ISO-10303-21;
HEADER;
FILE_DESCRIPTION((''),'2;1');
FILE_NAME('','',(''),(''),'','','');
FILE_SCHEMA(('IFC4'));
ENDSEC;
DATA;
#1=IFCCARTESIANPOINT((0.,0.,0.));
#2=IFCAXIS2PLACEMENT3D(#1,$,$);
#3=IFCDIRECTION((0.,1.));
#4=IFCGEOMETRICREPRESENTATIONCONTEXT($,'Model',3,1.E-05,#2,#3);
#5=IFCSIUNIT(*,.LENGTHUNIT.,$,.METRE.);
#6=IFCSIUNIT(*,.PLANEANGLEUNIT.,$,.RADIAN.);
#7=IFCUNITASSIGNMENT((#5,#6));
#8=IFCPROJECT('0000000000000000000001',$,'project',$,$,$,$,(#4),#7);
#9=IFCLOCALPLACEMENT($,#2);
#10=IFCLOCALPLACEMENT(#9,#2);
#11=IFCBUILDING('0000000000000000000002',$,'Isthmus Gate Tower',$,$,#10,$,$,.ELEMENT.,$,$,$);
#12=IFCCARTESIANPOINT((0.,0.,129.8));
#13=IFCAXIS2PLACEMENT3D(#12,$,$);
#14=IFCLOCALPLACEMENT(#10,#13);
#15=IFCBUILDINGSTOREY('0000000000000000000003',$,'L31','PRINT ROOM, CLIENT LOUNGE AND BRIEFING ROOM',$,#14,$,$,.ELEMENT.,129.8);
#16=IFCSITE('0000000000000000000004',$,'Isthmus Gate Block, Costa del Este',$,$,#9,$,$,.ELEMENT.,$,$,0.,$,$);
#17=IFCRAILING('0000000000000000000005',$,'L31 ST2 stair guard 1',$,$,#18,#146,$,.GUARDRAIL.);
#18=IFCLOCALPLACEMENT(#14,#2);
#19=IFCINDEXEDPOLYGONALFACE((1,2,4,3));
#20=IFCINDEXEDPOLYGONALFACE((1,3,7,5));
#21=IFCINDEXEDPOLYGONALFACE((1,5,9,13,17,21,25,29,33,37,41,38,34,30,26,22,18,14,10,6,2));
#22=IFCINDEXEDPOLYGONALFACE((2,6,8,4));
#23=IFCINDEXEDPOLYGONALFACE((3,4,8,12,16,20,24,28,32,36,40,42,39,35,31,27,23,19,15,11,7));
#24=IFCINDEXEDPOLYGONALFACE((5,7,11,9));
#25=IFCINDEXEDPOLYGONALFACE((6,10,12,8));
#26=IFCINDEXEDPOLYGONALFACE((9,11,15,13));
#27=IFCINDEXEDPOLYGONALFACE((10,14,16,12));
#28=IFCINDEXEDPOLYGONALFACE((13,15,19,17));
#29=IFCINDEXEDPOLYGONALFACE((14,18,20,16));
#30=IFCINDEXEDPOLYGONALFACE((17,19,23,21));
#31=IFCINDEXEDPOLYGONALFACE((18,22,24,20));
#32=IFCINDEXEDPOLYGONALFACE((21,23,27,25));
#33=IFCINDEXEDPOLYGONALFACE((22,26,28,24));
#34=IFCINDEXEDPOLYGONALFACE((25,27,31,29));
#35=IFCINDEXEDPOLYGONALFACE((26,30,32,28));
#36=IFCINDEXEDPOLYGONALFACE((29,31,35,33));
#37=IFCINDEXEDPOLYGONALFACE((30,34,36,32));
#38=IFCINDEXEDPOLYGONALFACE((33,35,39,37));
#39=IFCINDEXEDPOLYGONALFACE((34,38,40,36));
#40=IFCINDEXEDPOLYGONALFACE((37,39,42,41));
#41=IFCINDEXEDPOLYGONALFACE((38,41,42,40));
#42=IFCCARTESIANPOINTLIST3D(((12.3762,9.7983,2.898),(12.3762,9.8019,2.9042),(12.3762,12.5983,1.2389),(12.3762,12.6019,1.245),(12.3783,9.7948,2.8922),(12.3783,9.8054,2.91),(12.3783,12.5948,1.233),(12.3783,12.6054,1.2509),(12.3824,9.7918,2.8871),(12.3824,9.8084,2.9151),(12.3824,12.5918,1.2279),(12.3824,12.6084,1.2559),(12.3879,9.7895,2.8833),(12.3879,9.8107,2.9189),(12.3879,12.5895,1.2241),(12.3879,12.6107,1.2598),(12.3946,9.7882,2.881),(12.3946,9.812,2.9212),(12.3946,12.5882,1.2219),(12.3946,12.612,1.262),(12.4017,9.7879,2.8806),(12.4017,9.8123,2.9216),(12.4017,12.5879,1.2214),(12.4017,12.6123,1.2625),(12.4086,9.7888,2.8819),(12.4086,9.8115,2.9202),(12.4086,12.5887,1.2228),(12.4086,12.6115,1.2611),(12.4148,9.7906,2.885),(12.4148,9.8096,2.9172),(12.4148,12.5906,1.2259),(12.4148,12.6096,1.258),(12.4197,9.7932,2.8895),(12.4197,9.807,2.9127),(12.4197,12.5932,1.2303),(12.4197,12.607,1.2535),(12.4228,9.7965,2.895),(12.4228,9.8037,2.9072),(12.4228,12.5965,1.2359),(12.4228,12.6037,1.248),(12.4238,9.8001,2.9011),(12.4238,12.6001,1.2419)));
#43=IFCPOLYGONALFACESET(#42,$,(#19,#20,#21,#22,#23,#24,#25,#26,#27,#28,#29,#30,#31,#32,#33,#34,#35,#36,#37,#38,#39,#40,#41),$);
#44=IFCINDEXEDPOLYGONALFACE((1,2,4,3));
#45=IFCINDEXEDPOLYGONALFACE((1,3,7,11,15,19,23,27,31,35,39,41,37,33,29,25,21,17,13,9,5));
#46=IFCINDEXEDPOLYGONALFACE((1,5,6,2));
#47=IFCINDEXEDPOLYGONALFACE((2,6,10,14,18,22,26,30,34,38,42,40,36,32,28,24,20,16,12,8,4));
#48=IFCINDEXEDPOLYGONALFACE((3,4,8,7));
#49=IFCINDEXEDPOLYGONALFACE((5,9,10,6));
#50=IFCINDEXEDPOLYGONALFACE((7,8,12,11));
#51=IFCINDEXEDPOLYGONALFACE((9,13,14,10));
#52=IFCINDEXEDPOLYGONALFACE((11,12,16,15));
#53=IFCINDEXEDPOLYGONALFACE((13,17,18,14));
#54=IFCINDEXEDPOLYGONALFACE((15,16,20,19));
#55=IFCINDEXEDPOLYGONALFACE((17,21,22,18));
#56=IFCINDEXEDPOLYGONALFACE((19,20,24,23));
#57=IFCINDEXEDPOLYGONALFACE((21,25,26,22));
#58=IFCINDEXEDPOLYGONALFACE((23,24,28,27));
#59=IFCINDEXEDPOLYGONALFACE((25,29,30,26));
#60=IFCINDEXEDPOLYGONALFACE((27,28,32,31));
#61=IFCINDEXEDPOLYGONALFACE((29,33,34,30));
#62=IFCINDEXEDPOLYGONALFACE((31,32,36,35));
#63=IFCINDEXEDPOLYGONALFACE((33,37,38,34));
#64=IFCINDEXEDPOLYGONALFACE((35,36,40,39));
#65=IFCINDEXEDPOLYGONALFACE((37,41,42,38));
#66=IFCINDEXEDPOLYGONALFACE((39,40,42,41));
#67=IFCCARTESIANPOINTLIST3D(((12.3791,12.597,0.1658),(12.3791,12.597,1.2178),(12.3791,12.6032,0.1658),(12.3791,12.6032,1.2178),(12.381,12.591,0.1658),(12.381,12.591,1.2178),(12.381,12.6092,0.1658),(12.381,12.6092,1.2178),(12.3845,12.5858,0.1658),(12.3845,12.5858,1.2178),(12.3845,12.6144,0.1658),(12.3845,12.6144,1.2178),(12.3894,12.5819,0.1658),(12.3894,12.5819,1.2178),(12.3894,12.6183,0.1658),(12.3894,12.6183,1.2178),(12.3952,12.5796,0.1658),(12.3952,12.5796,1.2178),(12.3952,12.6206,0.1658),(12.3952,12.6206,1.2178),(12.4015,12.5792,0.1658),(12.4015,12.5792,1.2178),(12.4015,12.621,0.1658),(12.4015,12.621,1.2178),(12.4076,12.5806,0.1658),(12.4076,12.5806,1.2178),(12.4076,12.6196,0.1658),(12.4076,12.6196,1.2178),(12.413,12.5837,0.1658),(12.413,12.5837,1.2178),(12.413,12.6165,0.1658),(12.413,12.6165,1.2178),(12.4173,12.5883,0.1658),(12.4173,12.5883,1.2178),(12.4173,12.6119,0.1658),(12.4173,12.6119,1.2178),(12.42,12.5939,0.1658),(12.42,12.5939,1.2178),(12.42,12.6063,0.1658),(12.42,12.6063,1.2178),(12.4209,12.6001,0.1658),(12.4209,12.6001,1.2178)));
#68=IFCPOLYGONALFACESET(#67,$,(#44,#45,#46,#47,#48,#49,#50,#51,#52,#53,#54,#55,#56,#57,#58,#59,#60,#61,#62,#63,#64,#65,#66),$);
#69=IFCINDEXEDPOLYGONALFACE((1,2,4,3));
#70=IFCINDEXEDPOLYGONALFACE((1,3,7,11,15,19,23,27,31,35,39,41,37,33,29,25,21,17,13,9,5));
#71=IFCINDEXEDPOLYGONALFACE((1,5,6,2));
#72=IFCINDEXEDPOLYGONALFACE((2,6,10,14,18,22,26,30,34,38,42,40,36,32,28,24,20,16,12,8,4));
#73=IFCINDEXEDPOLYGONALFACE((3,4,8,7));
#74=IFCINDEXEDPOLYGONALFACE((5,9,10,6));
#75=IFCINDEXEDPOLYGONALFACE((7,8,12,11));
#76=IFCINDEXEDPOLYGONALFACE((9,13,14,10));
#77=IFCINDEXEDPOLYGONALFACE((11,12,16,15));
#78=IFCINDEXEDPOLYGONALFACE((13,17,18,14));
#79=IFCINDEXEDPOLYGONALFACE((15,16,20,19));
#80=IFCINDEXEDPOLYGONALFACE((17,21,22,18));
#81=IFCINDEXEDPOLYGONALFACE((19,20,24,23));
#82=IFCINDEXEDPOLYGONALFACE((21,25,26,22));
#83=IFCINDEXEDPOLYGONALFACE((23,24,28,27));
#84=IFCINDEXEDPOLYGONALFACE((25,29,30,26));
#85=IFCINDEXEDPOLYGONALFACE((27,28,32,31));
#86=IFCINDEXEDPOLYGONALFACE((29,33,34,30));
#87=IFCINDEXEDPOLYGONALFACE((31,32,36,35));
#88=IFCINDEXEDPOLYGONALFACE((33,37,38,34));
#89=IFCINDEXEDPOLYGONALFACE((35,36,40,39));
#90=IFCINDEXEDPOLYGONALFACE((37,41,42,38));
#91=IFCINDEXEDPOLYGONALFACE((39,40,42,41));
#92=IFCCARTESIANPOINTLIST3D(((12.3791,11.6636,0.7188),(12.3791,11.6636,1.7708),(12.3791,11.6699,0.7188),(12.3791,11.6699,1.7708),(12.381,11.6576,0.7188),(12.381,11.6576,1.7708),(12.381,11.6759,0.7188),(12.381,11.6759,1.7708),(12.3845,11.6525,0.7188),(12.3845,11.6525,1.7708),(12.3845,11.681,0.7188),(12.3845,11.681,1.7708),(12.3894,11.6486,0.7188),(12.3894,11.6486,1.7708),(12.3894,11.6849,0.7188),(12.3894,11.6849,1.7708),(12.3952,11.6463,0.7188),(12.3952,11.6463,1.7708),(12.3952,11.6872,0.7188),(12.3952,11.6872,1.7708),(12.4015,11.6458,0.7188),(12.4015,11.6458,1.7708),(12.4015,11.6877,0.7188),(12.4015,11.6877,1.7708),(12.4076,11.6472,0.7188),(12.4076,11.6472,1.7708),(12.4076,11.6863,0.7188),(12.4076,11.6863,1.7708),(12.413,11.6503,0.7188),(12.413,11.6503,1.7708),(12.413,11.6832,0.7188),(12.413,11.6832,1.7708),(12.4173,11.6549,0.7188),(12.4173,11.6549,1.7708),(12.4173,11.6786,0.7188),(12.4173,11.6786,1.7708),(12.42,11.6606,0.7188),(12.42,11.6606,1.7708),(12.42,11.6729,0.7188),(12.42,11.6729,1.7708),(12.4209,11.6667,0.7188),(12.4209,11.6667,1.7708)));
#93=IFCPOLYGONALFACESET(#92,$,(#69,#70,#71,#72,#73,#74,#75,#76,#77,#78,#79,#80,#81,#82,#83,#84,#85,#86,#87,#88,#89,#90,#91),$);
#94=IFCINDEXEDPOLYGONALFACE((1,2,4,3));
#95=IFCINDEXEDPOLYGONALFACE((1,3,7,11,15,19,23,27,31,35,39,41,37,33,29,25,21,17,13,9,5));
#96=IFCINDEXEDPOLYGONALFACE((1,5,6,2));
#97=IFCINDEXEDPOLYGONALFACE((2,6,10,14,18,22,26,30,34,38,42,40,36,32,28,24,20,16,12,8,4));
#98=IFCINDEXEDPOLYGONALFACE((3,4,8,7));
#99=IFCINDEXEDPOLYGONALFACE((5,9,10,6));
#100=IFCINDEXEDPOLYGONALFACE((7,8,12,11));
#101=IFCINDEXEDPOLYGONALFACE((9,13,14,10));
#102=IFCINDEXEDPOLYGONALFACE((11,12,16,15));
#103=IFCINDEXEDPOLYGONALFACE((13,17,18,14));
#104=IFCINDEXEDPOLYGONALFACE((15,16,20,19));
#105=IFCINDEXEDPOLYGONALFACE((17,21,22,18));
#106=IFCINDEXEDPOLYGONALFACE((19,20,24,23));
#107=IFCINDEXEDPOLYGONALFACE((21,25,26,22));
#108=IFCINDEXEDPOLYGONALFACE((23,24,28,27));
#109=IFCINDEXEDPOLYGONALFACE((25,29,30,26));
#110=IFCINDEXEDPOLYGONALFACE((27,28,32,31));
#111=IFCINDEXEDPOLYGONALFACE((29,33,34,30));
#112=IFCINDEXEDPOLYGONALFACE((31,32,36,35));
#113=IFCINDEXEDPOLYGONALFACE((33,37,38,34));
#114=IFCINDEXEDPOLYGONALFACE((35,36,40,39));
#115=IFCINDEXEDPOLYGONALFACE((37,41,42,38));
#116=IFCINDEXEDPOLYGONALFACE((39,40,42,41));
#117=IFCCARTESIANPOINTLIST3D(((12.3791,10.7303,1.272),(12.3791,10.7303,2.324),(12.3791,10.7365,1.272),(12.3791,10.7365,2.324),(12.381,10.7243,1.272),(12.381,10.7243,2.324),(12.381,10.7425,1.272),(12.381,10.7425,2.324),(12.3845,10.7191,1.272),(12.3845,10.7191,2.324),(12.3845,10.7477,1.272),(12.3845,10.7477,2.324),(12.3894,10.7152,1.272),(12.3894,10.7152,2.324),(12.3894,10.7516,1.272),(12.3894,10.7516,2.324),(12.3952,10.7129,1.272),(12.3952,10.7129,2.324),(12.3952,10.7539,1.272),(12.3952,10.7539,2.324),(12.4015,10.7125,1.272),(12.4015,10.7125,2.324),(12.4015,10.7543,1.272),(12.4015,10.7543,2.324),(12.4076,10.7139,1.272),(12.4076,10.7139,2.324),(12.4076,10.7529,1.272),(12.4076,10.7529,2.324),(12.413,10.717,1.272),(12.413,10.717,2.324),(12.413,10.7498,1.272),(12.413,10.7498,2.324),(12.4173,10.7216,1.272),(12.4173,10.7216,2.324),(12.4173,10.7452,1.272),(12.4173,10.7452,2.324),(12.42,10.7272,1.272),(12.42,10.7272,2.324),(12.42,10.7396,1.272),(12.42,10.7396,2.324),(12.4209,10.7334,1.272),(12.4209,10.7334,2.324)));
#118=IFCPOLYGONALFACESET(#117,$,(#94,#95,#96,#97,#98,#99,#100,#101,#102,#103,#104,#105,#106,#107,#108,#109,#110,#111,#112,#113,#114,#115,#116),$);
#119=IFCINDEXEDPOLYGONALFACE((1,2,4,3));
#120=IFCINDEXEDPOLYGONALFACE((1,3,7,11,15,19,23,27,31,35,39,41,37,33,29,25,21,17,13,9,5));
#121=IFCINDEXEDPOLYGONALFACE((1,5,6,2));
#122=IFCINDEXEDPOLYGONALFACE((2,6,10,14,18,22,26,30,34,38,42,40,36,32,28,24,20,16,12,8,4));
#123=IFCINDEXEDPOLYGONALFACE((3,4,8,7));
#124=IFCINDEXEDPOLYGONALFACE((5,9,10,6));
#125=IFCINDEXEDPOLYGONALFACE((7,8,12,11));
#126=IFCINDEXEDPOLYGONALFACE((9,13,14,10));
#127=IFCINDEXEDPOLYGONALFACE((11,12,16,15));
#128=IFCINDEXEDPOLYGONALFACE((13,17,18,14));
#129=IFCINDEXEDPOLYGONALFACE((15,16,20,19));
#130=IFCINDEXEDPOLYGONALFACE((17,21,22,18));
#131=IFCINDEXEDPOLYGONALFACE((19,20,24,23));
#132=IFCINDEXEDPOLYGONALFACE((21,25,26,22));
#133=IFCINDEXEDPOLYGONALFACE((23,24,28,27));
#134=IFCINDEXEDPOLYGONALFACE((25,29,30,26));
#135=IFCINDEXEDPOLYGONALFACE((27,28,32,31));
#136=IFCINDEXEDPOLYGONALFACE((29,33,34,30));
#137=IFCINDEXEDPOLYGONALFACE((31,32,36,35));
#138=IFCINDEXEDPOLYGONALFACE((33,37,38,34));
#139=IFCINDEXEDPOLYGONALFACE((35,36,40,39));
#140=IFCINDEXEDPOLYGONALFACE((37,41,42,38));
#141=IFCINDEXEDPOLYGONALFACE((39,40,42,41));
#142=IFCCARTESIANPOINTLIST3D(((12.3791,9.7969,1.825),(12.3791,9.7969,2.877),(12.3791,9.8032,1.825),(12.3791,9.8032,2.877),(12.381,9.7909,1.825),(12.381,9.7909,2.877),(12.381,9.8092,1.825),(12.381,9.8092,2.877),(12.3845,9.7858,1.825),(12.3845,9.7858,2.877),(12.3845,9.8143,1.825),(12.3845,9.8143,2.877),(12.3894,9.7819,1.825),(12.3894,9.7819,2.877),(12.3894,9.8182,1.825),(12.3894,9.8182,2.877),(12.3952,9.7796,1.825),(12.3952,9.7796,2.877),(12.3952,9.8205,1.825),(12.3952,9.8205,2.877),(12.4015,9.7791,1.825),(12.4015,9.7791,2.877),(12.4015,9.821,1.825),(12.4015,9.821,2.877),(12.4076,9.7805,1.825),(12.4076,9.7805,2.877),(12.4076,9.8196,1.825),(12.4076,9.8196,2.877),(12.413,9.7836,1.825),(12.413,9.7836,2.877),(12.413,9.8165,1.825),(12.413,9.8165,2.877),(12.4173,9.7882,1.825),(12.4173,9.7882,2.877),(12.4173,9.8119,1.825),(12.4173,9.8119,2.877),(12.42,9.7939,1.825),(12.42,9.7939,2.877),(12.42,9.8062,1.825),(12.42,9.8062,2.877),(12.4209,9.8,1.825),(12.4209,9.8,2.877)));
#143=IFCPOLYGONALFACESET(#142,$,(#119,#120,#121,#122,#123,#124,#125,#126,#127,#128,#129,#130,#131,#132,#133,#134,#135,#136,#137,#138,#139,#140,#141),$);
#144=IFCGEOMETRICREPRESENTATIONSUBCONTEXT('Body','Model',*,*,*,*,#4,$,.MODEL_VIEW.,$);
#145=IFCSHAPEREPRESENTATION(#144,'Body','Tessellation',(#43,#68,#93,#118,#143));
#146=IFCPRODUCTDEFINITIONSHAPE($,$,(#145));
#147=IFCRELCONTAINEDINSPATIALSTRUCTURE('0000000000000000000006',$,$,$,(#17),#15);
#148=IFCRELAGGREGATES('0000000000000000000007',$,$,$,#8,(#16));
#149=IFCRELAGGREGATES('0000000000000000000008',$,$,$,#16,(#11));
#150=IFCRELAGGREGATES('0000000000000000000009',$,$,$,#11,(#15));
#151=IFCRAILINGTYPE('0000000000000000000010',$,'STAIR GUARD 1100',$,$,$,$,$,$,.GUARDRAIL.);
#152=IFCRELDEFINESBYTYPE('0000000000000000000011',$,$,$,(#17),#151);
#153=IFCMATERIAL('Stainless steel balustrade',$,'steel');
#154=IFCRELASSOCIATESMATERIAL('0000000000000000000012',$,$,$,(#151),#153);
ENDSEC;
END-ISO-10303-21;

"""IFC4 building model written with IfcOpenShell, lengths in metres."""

from ifc_helpers import new_model, si_unit, direction, frame, origin, origin_2d, place, context, subcontext, project, spatial, circle, extrude, material, type_object, element, save


model = new_model("IFC4")

# Units and contexts
model_context = context("Model", 3, precision=1e-05, world=origin(), true_north=direction((0.0, 1.0)))
body_context = subcontext(model_context, "Body", "Model", "MODEL_VIEW")
ifc_project = project(units=[si_unit("LENGTHUNIT", "METRE"), si_unit("PLANEANGLEUNIT", "RADIAN")], contexts=[model_context])

# Site, building, storey
site_placement = place(None, origin())
site = spatial("IfcSite", under=ifc_project, at=site_placement, Name="Isthmus Gate Block, Costa del Este", CompositionType="ELEMENT", RefElevation=0.0)
building_placement = place(site_placement, origin())
building = spatial("IfcBuilding", under=site, at=building_placement, Name="Isthmus Gate Tower", CompositionType="ELEMENT")
storey_placement = place(building_placement, frame((0.0, 0.0, 129.8)))
storey = spatial("IfcBuildingStorey", under=building, at=storey_placement, Name="L31", Description="PRINT ROOM, CLIENT LOUNGE AND BRIEFING ROOM", CompositionType="ELEMENT", Elevation=129.8)

# Railing
ifc_material_1 = material(Name="Stainless steel balustrade", Category="steel")
railing_type_1 = type_object("IfcRailingType", Name="STAIR GUARD 1100", PredefinedType="GUARDRAIL", material=ifc_material_1)
railing_1_placement = place(storey_placement, frame((12.3999, 12.6001, 0.1658)))
element("IfcRailing", 1, at=railing_1_placement, inside=storey, type_object=railing_type_1, Name="L31 ST2 stair guard 1", PredefinedType="GUARDRAIL", context=body_context, shape_type="SweptSolid", body=[
    extrude(circle(Radius=0.0239, at=origin_2d()), frame((0.0, 0.0, 1.0762), z_axis=(0.0, -0.860306, 0.509778), x_axis=(1.0, 0.0, 0.0)), (0.0, 0.0, 1.0), 3.2546),
    extrude(circle(Radius=0.021, at=origin_2d()), origin(), (0.0, 0.0, 1.0), 1.052),
    extrude(circle(Radius=0.021, at=origin_2d()), frame((0.0, -0.9333, 0.553)), (0.0, 0.0, 1.0), 1.052),
    extrude(circle(Radius=0.021, at=origin_2d()), frame((0.0, -1.8667, 1.1062)), (0.0, 0.0, 1.0), 1.052),
    extrude(circle(Radius=0.021, at=origin_2d()), frame((0.0, -2.8, 1.6592)), (0.0, 0.0, 1.0), 1.052),
])

save(model, "model.ifc")
